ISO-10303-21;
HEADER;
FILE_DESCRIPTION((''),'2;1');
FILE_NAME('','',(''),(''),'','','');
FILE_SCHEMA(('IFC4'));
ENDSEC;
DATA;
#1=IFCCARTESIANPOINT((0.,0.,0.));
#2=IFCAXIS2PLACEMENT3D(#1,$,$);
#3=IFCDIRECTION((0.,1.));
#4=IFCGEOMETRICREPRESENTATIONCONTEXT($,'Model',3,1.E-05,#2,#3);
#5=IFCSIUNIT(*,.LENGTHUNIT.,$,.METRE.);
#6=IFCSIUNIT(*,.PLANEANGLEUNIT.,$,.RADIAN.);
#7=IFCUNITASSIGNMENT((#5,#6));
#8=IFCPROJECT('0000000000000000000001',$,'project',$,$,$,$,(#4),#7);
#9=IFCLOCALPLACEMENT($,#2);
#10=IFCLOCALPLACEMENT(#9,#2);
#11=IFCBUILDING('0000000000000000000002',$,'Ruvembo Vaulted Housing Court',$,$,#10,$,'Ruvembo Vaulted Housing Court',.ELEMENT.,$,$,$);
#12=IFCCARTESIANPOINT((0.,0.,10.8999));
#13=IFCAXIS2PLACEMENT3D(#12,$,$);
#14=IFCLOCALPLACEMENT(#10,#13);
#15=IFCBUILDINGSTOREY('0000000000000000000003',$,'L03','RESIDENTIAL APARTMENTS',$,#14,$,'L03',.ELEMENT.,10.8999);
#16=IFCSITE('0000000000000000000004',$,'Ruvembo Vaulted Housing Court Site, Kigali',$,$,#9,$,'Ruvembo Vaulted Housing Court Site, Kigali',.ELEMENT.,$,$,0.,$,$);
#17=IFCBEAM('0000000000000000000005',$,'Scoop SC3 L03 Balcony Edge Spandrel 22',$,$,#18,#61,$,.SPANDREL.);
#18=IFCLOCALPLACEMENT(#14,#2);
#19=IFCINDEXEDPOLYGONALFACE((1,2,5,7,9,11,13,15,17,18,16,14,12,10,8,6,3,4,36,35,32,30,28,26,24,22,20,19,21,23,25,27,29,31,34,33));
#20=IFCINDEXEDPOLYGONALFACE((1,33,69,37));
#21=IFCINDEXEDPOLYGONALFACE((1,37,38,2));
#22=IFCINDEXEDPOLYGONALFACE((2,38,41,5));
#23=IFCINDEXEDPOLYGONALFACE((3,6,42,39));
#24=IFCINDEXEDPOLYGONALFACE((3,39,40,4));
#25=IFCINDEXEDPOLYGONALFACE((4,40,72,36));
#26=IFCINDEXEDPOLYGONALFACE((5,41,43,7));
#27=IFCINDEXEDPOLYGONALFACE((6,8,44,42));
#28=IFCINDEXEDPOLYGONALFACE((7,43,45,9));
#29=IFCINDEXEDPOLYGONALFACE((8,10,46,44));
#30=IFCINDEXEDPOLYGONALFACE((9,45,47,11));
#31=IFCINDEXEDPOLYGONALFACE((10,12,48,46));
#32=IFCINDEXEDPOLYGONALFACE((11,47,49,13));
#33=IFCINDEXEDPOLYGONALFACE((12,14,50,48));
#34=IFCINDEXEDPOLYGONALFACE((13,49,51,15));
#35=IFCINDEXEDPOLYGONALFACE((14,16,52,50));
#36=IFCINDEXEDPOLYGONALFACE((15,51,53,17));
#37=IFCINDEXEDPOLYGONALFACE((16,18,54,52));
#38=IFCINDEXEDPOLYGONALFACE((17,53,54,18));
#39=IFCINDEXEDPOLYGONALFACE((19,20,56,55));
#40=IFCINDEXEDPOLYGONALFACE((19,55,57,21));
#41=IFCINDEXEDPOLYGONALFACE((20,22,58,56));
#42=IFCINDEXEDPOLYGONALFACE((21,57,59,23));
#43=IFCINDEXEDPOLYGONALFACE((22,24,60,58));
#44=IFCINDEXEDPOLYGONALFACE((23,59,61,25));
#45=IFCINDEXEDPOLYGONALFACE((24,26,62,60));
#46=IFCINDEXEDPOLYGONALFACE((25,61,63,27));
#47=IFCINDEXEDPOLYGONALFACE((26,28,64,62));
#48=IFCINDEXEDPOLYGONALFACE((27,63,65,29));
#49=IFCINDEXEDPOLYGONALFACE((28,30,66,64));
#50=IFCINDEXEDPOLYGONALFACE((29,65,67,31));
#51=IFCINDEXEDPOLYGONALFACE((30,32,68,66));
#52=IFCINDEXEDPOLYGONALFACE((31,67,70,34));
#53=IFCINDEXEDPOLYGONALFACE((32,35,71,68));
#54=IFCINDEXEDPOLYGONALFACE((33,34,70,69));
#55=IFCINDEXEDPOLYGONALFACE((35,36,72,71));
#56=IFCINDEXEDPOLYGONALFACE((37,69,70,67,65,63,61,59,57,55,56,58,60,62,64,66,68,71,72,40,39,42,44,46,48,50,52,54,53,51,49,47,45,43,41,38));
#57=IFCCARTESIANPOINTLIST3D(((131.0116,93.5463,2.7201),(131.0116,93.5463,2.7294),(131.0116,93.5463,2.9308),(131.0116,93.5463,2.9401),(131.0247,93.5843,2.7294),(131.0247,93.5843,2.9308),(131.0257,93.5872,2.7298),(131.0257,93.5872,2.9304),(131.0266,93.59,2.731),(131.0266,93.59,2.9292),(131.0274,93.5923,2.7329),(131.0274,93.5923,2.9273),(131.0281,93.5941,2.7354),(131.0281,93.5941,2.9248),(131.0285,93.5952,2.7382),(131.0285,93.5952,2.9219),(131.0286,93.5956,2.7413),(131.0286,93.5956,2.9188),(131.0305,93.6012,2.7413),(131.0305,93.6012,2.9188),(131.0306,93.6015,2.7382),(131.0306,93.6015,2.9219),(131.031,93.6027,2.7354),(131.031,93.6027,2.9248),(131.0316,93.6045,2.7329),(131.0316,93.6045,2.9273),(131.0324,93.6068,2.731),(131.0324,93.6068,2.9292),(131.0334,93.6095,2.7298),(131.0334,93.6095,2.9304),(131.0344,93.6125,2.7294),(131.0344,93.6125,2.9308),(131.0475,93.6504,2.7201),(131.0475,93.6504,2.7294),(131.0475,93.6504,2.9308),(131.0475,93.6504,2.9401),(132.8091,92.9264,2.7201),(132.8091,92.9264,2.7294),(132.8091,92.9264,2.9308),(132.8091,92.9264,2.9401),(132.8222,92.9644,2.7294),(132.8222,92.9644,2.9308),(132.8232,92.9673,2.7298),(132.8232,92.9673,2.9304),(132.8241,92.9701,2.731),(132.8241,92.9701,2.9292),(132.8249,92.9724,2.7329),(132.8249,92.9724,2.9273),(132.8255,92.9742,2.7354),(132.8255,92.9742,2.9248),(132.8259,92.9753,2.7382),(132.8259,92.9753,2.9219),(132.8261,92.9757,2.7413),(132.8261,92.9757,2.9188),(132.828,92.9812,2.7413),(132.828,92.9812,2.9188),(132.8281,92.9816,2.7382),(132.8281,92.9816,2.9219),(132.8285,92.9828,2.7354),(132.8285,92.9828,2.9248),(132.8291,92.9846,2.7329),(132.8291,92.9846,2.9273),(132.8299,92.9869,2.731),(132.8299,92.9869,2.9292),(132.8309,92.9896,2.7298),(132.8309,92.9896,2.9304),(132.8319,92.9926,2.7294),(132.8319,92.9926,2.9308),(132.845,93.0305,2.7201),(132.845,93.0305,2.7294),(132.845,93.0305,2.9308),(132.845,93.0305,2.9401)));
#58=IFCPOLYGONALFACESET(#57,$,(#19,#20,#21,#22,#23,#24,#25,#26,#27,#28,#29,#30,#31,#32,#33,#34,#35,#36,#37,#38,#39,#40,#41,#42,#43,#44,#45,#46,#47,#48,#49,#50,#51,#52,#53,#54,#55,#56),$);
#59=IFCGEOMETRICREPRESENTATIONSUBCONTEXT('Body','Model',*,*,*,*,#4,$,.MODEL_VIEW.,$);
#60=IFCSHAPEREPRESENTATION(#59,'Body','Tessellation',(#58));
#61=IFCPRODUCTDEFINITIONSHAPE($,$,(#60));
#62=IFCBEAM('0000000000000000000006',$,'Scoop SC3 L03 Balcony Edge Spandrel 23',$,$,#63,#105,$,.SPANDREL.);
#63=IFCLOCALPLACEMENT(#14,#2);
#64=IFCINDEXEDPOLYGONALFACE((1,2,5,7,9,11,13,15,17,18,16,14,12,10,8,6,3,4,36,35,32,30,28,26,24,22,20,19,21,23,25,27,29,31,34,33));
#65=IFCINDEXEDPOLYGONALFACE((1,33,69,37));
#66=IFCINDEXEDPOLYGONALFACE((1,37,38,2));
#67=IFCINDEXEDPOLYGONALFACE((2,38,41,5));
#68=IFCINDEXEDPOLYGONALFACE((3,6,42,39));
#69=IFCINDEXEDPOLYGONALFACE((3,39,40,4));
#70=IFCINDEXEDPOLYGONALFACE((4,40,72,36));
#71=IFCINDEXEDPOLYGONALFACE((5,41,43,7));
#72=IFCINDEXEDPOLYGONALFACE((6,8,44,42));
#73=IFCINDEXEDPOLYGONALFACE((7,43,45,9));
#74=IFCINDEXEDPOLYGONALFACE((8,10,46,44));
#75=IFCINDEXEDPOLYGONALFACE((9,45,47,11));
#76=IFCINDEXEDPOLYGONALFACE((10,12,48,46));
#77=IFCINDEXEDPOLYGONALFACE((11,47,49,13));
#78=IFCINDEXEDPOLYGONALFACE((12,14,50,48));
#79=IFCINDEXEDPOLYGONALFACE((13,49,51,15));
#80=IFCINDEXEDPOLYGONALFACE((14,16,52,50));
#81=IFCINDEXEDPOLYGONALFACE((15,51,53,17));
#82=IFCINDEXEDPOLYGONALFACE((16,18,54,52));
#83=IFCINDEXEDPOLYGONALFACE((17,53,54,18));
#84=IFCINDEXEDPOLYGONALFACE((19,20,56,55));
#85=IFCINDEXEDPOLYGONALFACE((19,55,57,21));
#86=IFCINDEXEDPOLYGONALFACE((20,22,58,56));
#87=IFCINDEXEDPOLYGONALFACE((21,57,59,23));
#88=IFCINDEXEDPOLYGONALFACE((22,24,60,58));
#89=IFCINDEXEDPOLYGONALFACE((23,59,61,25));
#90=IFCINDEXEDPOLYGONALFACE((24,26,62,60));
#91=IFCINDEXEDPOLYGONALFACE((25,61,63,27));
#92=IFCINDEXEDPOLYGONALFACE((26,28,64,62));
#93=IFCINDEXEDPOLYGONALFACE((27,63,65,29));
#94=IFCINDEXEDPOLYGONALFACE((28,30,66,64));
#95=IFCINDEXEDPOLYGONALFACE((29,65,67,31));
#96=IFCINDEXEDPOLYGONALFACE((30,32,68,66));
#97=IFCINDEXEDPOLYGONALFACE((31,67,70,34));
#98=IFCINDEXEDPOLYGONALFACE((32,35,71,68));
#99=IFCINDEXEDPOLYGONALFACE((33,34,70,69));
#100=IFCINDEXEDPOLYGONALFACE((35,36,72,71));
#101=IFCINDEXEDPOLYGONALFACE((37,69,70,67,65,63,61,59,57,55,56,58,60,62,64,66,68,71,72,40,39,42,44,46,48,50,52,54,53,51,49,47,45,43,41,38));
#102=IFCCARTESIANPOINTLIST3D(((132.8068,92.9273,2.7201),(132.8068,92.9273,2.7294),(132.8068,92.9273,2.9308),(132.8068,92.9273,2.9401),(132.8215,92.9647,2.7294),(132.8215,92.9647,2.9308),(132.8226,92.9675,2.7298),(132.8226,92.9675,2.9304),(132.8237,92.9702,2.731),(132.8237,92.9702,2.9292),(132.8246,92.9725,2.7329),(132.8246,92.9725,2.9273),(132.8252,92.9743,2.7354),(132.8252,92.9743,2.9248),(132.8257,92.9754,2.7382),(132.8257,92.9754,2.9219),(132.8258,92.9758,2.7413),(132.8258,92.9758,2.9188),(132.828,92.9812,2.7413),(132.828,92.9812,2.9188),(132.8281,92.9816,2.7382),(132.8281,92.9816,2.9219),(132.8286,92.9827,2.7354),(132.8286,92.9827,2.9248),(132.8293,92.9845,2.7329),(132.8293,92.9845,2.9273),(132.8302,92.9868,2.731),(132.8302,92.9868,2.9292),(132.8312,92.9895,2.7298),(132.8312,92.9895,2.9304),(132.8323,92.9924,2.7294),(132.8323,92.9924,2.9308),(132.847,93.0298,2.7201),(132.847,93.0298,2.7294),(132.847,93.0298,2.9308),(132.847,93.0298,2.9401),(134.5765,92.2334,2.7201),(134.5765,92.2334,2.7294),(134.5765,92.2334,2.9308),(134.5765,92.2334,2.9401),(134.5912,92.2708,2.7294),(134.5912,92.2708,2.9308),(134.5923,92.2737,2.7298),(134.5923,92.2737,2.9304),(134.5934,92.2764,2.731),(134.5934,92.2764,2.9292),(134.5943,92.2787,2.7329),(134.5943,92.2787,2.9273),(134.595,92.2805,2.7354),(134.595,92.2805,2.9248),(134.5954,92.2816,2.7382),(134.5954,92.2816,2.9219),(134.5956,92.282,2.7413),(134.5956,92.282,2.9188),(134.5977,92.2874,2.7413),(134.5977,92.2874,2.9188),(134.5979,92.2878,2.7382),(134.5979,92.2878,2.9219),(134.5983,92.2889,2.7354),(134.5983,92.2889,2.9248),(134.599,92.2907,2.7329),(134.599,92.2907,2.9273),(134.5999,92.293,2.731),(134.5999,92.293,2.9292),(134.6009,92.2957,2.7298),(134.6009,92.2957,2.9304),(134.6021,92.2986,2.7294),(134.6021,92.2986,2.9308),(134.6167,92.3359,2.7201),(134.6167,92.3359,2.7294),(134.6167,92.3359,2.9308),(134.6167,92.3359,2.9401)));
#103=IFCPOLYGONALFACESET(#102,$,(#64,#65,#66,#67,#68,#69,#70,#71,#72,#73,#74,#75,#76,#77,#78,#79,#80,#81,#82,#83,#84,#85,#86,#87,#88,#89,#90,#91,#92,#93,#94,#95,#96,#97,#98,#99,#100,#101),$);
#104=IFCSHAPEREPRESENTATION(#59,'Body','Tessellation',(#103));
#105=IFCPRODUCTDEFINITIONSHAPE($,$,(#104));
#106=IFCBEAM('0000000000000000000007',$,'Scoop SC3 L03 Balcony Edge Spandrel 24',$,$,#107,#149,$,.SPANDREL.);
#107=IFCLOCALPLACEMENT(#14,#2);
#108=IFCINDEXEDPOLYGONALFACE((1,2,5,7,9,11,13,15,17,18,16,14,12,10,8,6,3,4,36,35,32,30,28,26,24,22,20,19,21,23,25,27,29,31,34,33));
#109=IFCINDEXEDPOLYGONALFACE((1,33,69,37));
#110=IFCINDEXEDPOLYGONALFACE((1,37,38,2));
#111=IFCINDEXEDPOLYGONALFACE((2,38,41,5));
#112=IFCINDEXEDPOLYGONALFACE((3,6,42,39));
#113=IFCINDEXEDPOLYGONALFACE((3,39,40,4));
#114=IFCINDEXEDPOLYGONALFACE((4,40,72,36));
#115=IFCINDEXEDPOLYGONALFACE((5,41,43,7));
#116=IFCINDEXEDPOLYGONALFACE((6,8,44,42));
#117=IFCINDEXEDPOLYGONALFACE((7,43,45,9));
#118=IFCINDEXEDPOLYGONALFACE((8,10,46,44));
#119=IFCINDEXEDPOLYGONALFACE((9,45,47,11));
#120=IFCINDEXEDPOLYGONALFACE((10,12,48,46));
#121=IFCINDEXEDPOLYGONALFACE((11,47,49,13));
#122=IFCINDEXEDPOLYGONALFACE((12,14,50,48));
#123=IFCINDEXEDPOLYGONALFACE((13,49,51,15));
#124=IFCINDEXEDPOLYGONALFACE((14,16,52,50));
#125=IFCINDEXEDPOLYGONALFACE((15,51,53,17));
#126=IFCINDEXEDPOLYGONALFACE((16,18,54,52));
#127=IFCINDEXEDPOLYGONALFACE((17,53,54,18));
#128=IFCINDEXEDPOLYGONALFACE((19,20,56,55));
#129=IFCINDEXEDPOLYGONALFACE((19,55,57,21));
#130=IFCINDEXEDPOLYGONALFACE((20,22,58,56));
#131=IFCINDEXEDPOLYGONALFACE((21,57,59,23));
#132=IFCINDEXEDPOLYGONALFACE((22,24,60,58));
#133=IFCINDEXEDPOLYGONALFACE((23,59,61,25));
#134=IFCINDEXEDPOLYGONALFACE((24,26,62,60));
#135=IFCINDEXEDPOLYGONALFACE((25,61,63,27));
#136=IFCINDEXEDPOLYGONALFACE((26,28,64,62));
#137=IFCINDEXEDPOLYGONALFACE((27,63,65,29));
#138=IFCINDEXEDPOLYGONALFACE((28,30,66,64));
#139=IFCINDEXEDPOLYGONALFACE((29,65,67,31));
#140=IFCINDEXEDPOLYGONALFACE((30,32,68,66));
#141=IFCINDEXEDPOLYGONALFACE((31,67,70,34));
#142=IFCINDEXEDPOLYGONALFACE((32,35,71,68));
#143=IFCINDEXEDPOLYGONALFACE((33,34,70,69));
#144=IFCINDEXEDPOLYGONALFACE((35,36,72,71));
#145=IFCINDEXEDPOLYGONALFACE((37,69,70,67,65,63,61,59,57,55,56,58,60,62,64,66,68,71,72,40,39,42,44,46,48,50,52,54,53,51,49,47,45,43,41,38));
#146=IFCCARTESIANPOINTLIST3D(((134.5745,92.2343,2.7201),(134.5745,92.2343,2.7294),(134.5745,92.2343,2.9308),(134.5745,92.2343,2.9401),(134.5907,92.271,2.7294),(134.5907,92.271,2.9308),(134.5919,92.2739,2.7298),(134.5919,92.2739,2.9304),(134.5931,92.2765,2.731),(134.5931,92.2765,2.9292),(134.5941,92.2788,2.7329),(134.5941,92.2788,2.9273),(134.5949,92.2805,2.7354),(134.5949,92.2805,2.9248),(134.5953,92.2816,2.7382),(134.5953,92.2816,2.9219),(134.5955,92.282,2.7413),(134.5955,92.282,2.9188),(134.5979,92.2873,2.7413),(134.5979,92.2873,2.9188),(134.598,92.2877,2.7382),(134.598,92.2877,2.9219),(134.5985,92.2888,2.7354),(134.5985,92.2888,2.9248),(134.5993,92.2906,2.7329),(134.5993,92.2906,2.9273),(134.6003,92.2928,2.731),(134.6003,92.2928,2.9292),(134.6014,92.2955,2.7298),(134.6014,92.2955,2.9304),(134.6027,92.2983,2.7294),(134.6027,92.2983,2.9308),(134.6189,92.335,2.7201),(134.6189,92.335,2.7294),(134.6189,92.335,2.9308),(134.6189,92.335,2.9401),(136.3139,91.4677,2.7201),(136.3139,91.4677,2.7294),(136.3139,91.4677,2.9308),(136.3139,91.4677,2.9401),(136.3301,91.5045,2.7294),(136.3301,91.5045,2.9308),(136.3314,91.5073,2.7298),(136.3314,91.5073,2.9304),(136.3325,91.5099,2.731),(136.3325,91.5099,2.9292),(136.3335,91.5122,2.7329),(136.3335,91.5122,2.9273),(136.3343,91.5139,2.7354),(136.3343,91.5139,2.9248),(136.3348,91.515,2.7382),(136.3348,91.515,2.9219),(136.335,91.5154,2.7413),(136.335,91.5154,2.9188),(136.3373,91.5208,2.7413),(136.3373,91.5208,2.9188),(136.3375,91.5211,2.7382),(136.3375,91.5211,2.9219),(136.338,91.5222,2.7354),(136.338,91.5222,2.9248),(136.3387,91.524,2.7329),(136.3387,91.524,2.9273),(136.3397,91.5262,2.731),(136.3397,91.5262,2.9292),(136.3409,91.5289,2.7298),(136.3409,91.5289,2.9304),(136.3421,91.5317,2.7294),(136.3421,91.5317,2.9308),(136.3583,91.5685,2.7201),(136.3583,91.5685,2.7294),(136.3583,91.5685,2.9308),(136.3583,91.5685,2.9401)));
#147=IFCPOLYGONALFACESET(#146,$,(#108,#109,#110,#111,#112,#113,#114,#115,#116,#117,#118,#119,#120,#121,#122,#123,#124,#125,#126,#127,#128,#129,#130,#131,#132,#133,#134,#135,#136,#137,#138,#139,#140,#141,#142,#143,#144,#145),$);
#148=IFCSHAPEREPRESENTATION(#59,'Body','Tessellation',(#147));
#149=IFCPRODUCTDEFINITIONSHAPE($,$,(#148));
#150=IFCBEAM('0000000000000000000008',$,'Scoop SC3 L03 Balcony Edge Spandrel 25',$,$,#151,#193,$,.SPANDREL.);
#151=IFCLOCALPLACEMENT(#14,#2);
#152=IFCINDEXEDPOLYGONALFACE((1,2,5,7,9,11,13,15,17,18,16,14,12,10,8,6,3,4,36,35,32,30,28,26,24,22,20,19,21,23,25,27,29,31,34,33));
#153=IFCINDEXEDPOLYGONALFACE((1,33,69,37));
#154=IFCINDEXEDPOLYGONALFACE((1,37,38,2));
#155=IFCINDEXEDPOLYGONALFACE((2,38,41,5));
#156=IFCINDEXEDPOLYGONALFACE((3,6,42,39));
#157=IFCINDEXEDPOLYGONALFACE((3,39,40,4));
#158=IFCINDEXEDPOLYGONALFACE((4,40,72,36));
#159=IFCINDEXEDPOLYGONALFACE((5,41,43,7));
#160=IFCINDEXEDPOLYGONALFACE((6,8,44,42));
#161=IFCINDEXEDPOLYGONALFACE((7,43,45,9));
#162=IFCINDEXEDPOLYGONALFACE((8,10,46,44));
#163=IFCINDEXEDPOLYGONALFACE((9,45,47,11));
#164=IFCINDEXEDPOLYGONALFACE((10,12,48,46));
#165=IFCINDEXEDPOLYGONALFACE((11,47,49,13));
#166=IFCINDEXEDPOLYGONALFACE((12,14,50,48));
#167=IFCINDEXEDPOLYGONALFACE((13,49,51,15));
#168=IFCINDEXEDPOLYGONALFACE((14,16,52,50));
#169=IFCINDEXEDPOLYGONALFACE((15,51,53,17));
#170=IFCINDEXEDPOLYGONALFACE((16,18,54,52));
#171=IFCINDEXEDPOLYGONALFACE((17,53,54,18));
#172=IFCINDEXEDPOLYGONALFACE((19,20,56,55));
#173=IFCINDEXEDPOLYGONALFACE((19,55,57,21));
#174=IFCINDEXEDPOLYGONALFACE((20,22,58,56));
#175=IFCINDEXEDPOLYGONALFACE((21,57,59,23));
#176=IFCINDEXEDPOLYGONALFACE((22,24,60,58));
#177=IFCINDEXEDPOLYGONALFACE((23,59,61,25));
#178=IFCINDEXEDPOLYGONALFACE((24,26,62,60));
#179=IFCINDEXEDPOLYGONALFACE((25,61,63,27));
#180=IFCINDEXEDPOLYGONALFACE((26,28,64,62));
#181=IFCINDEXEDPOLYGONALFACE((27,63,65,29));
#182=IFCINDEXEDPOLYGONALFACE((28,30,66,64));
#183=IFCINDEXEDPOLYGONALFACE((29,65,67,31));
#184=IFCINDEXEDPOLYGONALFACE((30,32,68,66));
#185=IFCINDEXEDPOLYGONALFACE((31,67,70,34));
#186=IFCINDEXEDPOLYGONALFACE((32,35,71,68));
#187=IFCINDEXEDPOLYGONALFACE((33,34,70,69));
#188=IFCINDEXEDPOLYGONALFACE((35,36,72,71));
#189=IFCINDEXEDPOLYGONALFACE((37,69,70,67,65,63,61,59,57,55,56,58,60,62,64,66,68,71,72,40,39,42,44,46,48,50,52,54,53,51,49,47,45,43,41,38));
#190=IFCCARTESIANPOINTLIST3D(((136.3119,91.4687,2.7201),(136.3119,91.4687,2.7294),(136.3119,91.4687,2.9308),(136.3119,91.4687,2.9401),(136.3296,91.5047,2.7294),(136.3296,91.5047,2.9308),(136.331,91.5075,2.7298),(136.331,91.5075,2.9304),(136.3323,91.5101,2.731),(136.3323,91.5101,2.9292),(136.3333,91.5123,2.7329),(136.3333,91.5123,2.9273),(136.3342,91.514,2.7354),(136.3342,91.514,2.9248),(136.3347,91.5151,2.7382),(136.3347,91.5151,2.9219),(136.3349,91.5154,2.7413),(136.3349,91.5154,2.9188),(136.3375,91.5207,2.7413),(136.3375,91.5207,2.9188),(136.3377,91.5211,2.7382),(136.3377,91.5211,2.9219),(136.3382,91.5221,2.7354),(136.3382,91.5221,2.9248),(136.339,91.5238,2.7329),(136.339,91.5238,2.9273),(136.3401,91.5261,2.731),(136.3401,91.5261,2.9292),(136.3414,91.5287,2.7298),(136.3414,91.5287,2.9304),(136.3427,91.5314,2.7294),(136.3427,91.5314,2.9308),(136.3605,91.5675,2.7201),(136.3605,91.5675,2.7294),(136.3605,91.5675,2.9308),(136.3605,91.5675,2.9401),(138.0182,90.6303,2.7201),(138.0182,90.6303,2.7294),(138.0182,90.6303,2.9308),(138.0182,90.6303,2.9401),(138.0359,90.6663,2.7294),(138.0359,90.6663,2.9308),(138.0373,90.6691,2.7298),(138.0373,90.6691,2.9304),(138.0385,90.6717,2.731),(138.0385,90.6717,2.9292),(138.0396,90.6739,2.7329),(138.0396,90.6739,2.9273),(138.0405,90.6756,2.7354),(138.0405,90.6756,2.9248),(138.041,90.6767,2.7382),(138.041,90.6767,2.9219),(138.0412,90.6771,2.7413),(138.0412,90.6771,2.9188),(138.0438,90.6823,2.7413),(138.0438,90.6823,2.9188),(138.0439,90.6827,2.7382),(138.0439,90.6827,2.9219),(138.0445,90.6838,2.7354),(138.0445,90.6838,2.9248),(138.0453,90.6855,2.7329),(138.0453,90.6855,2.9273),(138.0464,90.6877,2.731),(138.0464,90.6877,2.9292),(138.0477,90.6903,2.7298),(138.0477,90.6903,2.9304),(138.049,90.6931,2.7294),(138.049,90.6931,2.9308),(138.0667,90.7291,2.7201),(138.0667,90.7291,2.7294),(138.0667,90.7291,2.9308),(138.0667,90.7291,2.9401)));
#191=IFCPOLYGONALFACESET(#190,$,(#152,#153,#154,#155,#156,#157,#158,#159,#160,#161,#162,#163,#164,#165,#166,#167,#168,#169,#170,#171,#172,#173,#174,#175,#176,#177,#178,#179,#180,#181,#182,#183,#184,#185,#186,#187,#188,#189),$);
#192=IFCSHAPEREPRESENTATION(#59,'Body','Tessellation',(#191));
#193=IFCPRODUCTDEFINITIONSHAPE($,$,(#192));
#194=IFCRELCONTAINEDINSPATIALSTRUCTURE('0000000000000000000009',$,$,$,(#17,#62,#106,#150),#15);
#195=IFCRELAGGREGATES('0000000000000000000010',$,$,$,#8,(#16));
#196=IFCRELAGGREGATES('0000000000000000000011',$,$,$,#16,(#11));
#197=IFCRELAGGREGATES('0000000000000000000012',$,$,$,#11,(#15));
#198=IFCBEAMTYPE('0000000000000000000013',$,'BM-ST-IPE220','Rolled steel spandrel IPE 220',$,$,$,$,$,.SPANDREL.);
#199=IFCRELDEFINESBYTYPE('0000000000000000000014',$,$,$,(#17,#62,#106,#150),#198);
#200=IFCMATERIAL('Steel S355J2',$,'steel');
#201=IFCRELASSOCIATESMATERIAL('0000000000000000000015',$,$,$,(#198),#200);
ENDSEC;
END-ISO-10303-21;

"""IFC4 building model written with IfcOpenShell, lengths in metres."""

from ifc_helpers import new_model, si_unit, direction, frame, origin, origin_2d, place, context, subcontext, project, spatial, i_section, extrude, material, material_profile, profile_set, type_object, element, save


model = new_model("IFC4")

# Units and contexts
model_context = context("Model", 3, precision=1e-05, world=origin(), true_north=direction((0.0, 1.0)))
body_context = subcontext(model_context, "Body", "Model", "MODEL_VIEW")
ifc_project = project(units=[si_unit("LENGTHUNIT", "METRE"), si_unit("PLANEANGLEUNIT", "RADIAN")], contexts=[model_context])

# Site, building, storey
site_placement = place(None, origin())
site = spatial("IfcSite", under=ifc_project, at=site_placement, Name="Ruvembo Vaulted Housing Court Site, Kigali", LongName="Ruvembo Vaulted Housing Court Site, Kigali", CompositionType="ELEMENT", RefElevation=0.0)
building_placement = place(site_placement, origin())
building = spatial("IfcBuilding", under=site, at=building_placement, Name="Ruvembo Vaulted Housing Court", LongName="Ruvembo Vaulted Housing Court", CompositionType="ELEMENT")
storey_placement = place(building_placement, frame((0.0, 0.0, 10.8999)))
storey = spatial("IfcBuildingStorey", under=building, at=storey_placement, Name="L03", Description="RESIDENTIAL APARTMENTS", LongName="L03", CompositionType="ELEMENT", Elevation=10.8999)

# Beams
ifc_material_1 = material(Name="Steel S355J2", Category="steel")
ifc_material_profile_1 = material_profile(ifc_material_1, i_section(OverallWidth=0.1101, OverallDepth=0.22, WebThickness=0.0059, FlangeThickness=0.0093, FilletRadius=0.012, at=origin_2d()), Name="IPE 220")
ifc_profile_set_1 = profile_set([ifc_material_profile_1], Name="Steel S355J2")
beam_type = type_object("IfcBeamType", Name="BM-ST-IPE220", Description="Rolled steel spandrel IPE 220", PredefinedType="SPANDREL", material=ifc_profile_set_1)
beam_placement = place(storey_placement, frame((131.0295, 93.5984, 2.8301), z_axis=(0.945358, -0.326034, 0.0), x_axis=(0.326034, 0.945358, 0.0)))
element("IfcBeam", 1, at=beam_placement, inside=storey, type_object=beam_type, Name="Scoop SC3 L03 Balcony Edge Spandrel 22", PredefinedType="SPANDREL", context=body_context, shape_type="SweptSolid", body=[
    extrude(i_section(OverallWidth=0.1101, OverallDepth=0.22, WebThickness=0.0059, FlangeThickness=0.0093, FilletRadius=0.012, at=origin_2d()), origin(), (0.0, 0.0, 1.0), 1.9014),
])
for number, where, z_axis, x_axis, name in (
    (2, (132.8269, 92.9785, 2.8301), (0.931006, -0.365005, 0.0), (0.365005, 0.931006, 0.0), "Scoop SC3 L03 Balcony Edge Spandrel 23"),
    (3, (134.5967, 92.2847, 2.8301), (0.915078, -0.403277, 0.0), (0.403277, 0.915078, 0.0), "Scoop SC3 L03 Balcony Edge Spandrel 24"),
):
    element("IfcBeam", number, at=place(storey_placement, frame(where, z_axis=z_axis, x_axis=x_axis)), inside=storey, type_object=beam_type, Name=name, PredefinedType="SPANDREL", context=body_context, shape_type="SweptSolid", body=[
        extrude(i_section(OverallWidth=0.1101, OverallDepth=0.22, WebThickness=0.0059, FlangeThickness=0.0093, FilletRadius=0.012, at=origin_2d()), origin(), (0.0, 0.0, 1.0), 1.9009),
    ])
for number, where, z_axis, x_axis, name in (
    (4, (136.3362, 91.5181, 2.8301), (0.897513, -0.440987, 0.0), (0.440987, 0.897513, 0.0), "Scoop SC3 L03 Balcony Edge Spandrel 25"),
):
    element("IfcBeam", number, at=place(storey_placement, frame(where, z_axis=z_axis, x_axis=x_axis)), inside=storey, type_object=beam_type, Name=name, PredefinedType="SPANDREL", context=body_context, shape_type="SweptSolid", body=[
        extrude(i_section(OverallWidth=0.1101, OverallDepth=0.22, WebThickness=0.0059, FlangeThickness=0.0093, FilletRadius=0.012, at=origin_2d()), origin(), (0.0, 0.0, 1.0), 1.9011),
    ])

save(model, "model.ifc")
